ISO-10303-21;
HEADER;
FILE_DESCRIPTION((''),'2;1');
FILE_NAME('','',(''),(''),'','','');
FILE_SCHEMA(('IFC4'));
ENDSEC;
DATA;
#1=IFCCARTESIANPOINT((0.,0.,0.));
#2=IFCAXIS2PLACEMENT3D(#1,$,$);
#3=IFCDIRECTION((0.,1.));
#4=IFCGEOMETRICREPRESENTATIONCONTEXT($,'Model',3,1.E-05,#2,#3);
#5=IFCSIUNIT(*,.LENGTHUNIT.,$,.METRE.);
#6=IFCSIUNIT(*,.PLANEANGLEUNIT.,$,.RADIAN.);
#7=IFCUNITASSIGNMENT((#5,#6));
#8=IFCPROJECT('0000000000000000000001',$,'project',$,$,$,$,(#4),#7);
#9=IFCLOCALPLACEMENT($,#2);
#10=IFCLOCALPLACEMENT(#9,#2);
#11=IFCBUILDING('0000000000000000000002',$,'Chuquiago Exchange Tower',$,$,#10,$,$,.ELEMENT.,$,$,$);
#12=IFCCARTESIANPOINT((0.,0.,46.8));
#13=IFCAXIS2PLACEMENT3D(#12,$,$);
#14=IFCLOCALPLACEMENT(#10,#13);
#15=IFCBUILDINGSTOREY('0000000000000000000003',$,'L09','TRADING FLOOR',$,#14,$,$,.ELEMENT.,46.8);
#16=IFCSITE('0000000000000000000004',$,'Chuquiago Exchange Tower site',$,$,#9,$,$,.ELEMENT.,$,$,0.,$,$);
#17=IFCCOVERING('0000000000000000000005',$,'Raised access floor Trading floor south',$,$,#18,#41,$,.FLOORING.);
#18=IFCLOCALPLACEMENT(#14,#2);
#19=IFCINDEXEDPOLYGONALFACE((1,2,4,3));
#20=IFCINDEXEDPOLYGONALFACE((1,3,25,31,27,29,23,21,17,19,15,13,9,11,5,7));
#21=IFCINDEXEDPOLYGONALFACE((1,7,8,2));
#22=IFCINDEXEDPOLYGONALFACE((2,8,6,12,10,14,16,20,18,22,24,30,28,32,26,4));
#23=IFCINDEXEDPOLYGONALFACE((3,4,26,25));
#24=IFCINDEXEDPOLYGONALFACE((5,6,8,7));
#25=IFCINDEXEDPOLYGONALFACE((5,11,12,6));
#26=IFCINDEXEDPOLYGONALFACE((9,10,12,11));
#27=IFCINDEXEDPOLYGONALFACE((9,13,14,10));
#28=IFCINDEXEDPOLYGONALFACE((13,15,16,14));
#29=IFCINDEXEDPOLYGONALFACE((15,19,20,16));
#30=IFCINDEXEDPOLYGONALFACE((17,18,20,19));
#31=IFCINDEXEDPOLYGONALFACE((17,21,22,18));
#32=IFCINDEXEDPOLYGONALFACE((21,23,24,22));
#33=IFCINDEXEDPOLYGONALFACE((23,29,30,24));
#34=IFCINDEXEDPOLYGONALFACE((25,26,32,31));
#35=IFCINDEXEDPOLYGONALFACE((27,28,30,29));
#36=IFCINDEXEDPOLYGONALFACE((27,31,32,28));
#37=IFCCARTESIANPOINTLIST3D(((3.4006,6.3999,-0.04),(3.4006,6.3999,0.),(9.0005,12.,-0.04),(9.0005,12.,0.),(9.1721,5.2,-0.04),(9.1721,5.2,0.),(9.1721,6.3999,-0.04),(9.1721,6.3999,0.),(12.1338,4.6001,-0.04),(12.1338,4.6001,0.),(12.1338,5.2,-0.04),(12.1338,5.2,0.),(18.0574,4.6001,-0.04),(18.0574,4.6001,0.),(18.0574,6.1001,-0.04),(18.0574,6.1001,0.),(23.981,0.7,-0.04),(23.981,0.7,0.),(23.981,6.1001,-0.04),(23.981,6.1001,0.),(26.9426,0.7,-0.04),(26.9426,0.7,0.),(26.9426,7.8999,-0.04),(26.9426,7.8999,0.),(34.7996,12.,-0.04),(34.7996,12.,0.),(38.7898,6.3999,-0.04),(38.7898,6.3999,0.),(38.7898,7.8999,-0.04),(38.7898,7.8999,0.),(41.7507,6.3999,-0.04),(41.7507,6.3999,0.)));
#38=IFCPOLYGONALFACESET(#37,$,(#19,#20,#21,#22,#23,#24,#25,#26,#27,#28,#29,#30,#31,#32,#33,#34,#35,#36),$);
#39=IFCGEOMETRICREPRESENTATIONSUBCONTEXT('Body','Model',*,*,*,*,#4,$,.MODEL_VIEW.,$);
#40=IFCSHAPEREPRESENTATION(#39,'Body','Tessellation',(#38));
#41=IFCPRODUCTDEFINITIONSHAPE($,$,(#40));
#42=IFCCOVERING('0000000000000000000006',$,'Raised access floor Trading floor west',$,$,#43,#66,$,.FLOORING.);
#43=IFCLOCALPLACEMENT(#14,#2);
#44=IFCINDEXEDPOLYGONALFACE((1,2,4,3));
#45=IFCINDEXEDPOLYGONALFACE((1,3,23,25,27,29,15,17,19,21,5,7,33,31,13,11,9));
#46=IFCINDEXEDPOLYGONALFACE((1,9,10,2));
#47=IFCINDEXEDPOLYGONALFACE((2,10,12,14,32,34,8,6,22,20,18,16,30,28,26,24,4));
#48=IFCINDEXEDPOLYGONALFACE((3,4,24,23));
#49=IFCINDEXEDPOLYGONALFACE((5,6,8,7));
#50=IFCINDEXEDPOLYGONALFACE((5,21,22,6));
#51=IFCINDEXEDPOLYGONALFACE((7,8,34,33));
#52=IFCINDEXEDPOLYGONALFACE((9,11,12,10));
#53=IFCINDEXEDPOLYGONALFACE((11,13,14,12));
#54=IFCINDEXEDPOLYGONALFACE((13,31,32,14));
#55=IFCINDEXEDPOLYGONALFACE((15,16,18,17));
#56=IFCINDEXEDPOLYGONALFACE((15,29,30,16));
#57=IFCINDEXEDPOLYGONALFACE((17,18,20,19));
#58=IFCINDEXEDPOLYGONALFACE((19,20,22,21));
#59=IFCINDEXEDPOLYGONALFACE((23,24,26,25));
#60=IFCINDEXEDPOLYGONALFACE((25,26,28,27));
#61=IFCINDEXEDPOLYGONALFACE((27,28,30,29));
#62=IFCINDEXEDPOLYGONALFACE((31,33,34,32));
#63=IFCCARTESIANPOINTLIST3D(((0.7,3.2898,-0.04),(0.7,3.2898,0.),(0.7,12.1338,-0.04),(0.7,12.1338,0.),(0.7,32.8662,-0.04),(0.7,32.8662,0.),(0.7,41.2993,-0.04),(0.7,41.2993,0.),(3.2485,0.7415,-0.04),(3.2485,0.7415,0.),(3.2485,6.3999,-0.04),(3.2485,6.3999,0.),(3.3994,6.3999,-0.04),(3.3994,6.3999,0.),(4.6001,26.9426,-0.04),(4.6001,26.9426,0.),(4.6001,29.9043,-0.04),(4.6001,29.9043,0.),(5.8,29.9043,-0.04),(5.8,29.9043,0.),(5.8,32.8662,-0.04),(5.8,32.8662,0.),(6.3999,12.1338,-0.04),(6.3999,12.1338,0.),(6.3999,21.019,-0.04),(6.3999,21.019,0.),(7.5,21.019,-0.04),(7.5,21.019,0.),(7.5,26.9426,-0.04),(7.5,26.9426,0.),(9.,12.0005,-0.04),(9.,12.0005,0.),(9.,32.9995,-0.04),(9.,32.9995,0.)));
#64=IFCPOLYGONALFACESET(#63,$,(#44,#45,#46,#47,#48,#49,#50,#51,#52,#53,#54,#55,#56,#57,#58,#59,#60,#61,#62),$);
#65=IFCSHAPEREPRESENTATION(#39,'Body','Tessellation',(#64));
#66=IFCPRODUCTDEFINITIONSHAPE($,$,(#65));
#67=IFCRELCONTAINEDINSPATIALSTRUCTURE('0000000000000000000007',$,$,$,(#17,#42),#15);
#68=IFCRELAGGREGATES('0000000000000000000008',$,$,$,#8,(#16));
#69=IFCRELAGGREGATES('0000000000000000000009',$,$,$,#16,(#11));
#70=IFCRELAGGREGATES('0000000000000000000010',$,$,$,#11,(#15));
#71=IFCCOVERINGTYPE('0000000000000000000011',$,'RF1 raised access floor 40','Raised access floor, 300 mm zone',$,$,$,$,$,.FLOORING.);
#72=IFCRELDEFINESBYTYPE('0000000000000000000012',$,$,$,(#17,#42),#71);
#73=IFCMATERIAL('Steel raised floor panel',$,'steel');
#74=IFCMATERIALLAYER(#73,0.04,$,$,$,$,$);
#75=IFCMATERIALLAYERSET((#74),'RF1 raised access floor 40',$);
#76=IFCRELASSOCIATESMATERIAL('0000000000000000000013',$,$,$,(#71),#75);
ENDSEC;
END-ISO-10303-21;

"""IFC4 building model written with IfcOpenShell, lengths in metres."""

from ifc_helpers import new_model, si_unit, direction, frame, origin, place, context, subcontext, project, spatial, polyline, outline, extrude, material, layer, layer_set, type_object, element, save


model = new_model("IFC4")

# Units and contexts
model_context = context("Model", 3, precision=1e-05, world=origin(), true_north=direction((0.0, 1.0)))
body_context = subcontext(model_context, "Body", "Model", "MODEL_VIEW")
ifc_project = project(units=[si_unit("LENGTHUNIT", "METRE"), si_unit("PLANEANGLEUNIT", "RADIAN")], contexts=[model_context])

# Site, building, storey
site_placement = place(None, origin())
site = spatial("IfcSite", under=ifc_project, at=site_placement, Name="Chuquiago Exchange Tower site", CompositionType="ELEMENT", RefElevation=0.0)
building_placement = place(site_placement, origin())
building = spatial("IfcBuilding", under=site, at=building_placement, Name="Chuquiago Exchange Tower", CompositionType="ELEMENT")
storey_placement = place(building_placement, frame((0.0, 0.0, 46.8)))
storey = spatial("IfcBuildingStorey", under=building, at=storey_placement, Name="L09", Description="TRADING FLOOR", CompositionType="ELEMENT", Elevation=46.8)

# Coverings
ifc_material_1 = material(Name="Steel raised floor panel", Category="steel")
ifc_layer_1 = layer(ifc_material_1, 0.04)
ifc_layer_set_1 = layer_set([ifc_layer_1], Name="RF1 raised access floor 40")
covering_type_1 = type_object("IfcCoveringType", Name="RF1 raised access floor 40", Description="Raised access floor, 300 mm zone", PredefinedType="FLOORING", material=ifc_layer_set_1)
covering_1_placement = place(storey_placement, frame((0.0, 0.0, -0.04)))
element("IfcCovering", 1, at=covering_1_placement, inside=storey, type_object=covering_type_1, Name="Raised access floor Trading floor south", PredefinedType="FLOORING", context=body_context, shape_type="SweptSolid", body=[
    extrude(outline(polyline([(38.7898, 6.3999), (38.7898, 7.8999), (26.9426, 7.8999), (26.9426, 0.7), (23.981, 0.7), (23.981, 6.1001), (18.0574, 6.1001), (18.0574, 4.6001), (12.1338, 4.6001), (12.1338, 5.2), (9.1721, 5.2), (9.1721, 6.3999), (3.4006, 6.3999), (9.0005, 12.0), (34.7996, 12.0), (41.7507, 6.3999), (38.7898, 6.3999)])), origin(), (0.0, 0.0, 1.0), 0.04),
])
covering_2_placement = place(storey_placement, frame((0.0, 0.0, -0.04)))
element("IfcCovering", 2, at=covering_2_placement, inside=storey, type_object=covering_type_1, Name="Raised access floor Trading floor west", PredefinedType="FLOORING", context=body_context, shape_type="SweptSolid", body=[
    extrude(outline(polyline([(6.3999, 12.1338), (6.3999, 21.019), (7.5, 21.019), (7.5, 26.9426), (4.6001, 26.9426), (4.6001, 29.9043), (5.8, 29.9043), (5.8, 32.8662), (0.7, 32.8662), (0.7, 41.2993), (9.0, 32.9995), (9.0, 12.0005), (3.3994, 6.3999), (3.2485, 6.3999), (3.2485, 0.7415), (0.7, 3.2898), (0.7, 12.1338), (6.3999, 12.1338)])), origin(), (0.0, 0.0, 1.0), 0.04),
])

save(model, "model.ifc")
